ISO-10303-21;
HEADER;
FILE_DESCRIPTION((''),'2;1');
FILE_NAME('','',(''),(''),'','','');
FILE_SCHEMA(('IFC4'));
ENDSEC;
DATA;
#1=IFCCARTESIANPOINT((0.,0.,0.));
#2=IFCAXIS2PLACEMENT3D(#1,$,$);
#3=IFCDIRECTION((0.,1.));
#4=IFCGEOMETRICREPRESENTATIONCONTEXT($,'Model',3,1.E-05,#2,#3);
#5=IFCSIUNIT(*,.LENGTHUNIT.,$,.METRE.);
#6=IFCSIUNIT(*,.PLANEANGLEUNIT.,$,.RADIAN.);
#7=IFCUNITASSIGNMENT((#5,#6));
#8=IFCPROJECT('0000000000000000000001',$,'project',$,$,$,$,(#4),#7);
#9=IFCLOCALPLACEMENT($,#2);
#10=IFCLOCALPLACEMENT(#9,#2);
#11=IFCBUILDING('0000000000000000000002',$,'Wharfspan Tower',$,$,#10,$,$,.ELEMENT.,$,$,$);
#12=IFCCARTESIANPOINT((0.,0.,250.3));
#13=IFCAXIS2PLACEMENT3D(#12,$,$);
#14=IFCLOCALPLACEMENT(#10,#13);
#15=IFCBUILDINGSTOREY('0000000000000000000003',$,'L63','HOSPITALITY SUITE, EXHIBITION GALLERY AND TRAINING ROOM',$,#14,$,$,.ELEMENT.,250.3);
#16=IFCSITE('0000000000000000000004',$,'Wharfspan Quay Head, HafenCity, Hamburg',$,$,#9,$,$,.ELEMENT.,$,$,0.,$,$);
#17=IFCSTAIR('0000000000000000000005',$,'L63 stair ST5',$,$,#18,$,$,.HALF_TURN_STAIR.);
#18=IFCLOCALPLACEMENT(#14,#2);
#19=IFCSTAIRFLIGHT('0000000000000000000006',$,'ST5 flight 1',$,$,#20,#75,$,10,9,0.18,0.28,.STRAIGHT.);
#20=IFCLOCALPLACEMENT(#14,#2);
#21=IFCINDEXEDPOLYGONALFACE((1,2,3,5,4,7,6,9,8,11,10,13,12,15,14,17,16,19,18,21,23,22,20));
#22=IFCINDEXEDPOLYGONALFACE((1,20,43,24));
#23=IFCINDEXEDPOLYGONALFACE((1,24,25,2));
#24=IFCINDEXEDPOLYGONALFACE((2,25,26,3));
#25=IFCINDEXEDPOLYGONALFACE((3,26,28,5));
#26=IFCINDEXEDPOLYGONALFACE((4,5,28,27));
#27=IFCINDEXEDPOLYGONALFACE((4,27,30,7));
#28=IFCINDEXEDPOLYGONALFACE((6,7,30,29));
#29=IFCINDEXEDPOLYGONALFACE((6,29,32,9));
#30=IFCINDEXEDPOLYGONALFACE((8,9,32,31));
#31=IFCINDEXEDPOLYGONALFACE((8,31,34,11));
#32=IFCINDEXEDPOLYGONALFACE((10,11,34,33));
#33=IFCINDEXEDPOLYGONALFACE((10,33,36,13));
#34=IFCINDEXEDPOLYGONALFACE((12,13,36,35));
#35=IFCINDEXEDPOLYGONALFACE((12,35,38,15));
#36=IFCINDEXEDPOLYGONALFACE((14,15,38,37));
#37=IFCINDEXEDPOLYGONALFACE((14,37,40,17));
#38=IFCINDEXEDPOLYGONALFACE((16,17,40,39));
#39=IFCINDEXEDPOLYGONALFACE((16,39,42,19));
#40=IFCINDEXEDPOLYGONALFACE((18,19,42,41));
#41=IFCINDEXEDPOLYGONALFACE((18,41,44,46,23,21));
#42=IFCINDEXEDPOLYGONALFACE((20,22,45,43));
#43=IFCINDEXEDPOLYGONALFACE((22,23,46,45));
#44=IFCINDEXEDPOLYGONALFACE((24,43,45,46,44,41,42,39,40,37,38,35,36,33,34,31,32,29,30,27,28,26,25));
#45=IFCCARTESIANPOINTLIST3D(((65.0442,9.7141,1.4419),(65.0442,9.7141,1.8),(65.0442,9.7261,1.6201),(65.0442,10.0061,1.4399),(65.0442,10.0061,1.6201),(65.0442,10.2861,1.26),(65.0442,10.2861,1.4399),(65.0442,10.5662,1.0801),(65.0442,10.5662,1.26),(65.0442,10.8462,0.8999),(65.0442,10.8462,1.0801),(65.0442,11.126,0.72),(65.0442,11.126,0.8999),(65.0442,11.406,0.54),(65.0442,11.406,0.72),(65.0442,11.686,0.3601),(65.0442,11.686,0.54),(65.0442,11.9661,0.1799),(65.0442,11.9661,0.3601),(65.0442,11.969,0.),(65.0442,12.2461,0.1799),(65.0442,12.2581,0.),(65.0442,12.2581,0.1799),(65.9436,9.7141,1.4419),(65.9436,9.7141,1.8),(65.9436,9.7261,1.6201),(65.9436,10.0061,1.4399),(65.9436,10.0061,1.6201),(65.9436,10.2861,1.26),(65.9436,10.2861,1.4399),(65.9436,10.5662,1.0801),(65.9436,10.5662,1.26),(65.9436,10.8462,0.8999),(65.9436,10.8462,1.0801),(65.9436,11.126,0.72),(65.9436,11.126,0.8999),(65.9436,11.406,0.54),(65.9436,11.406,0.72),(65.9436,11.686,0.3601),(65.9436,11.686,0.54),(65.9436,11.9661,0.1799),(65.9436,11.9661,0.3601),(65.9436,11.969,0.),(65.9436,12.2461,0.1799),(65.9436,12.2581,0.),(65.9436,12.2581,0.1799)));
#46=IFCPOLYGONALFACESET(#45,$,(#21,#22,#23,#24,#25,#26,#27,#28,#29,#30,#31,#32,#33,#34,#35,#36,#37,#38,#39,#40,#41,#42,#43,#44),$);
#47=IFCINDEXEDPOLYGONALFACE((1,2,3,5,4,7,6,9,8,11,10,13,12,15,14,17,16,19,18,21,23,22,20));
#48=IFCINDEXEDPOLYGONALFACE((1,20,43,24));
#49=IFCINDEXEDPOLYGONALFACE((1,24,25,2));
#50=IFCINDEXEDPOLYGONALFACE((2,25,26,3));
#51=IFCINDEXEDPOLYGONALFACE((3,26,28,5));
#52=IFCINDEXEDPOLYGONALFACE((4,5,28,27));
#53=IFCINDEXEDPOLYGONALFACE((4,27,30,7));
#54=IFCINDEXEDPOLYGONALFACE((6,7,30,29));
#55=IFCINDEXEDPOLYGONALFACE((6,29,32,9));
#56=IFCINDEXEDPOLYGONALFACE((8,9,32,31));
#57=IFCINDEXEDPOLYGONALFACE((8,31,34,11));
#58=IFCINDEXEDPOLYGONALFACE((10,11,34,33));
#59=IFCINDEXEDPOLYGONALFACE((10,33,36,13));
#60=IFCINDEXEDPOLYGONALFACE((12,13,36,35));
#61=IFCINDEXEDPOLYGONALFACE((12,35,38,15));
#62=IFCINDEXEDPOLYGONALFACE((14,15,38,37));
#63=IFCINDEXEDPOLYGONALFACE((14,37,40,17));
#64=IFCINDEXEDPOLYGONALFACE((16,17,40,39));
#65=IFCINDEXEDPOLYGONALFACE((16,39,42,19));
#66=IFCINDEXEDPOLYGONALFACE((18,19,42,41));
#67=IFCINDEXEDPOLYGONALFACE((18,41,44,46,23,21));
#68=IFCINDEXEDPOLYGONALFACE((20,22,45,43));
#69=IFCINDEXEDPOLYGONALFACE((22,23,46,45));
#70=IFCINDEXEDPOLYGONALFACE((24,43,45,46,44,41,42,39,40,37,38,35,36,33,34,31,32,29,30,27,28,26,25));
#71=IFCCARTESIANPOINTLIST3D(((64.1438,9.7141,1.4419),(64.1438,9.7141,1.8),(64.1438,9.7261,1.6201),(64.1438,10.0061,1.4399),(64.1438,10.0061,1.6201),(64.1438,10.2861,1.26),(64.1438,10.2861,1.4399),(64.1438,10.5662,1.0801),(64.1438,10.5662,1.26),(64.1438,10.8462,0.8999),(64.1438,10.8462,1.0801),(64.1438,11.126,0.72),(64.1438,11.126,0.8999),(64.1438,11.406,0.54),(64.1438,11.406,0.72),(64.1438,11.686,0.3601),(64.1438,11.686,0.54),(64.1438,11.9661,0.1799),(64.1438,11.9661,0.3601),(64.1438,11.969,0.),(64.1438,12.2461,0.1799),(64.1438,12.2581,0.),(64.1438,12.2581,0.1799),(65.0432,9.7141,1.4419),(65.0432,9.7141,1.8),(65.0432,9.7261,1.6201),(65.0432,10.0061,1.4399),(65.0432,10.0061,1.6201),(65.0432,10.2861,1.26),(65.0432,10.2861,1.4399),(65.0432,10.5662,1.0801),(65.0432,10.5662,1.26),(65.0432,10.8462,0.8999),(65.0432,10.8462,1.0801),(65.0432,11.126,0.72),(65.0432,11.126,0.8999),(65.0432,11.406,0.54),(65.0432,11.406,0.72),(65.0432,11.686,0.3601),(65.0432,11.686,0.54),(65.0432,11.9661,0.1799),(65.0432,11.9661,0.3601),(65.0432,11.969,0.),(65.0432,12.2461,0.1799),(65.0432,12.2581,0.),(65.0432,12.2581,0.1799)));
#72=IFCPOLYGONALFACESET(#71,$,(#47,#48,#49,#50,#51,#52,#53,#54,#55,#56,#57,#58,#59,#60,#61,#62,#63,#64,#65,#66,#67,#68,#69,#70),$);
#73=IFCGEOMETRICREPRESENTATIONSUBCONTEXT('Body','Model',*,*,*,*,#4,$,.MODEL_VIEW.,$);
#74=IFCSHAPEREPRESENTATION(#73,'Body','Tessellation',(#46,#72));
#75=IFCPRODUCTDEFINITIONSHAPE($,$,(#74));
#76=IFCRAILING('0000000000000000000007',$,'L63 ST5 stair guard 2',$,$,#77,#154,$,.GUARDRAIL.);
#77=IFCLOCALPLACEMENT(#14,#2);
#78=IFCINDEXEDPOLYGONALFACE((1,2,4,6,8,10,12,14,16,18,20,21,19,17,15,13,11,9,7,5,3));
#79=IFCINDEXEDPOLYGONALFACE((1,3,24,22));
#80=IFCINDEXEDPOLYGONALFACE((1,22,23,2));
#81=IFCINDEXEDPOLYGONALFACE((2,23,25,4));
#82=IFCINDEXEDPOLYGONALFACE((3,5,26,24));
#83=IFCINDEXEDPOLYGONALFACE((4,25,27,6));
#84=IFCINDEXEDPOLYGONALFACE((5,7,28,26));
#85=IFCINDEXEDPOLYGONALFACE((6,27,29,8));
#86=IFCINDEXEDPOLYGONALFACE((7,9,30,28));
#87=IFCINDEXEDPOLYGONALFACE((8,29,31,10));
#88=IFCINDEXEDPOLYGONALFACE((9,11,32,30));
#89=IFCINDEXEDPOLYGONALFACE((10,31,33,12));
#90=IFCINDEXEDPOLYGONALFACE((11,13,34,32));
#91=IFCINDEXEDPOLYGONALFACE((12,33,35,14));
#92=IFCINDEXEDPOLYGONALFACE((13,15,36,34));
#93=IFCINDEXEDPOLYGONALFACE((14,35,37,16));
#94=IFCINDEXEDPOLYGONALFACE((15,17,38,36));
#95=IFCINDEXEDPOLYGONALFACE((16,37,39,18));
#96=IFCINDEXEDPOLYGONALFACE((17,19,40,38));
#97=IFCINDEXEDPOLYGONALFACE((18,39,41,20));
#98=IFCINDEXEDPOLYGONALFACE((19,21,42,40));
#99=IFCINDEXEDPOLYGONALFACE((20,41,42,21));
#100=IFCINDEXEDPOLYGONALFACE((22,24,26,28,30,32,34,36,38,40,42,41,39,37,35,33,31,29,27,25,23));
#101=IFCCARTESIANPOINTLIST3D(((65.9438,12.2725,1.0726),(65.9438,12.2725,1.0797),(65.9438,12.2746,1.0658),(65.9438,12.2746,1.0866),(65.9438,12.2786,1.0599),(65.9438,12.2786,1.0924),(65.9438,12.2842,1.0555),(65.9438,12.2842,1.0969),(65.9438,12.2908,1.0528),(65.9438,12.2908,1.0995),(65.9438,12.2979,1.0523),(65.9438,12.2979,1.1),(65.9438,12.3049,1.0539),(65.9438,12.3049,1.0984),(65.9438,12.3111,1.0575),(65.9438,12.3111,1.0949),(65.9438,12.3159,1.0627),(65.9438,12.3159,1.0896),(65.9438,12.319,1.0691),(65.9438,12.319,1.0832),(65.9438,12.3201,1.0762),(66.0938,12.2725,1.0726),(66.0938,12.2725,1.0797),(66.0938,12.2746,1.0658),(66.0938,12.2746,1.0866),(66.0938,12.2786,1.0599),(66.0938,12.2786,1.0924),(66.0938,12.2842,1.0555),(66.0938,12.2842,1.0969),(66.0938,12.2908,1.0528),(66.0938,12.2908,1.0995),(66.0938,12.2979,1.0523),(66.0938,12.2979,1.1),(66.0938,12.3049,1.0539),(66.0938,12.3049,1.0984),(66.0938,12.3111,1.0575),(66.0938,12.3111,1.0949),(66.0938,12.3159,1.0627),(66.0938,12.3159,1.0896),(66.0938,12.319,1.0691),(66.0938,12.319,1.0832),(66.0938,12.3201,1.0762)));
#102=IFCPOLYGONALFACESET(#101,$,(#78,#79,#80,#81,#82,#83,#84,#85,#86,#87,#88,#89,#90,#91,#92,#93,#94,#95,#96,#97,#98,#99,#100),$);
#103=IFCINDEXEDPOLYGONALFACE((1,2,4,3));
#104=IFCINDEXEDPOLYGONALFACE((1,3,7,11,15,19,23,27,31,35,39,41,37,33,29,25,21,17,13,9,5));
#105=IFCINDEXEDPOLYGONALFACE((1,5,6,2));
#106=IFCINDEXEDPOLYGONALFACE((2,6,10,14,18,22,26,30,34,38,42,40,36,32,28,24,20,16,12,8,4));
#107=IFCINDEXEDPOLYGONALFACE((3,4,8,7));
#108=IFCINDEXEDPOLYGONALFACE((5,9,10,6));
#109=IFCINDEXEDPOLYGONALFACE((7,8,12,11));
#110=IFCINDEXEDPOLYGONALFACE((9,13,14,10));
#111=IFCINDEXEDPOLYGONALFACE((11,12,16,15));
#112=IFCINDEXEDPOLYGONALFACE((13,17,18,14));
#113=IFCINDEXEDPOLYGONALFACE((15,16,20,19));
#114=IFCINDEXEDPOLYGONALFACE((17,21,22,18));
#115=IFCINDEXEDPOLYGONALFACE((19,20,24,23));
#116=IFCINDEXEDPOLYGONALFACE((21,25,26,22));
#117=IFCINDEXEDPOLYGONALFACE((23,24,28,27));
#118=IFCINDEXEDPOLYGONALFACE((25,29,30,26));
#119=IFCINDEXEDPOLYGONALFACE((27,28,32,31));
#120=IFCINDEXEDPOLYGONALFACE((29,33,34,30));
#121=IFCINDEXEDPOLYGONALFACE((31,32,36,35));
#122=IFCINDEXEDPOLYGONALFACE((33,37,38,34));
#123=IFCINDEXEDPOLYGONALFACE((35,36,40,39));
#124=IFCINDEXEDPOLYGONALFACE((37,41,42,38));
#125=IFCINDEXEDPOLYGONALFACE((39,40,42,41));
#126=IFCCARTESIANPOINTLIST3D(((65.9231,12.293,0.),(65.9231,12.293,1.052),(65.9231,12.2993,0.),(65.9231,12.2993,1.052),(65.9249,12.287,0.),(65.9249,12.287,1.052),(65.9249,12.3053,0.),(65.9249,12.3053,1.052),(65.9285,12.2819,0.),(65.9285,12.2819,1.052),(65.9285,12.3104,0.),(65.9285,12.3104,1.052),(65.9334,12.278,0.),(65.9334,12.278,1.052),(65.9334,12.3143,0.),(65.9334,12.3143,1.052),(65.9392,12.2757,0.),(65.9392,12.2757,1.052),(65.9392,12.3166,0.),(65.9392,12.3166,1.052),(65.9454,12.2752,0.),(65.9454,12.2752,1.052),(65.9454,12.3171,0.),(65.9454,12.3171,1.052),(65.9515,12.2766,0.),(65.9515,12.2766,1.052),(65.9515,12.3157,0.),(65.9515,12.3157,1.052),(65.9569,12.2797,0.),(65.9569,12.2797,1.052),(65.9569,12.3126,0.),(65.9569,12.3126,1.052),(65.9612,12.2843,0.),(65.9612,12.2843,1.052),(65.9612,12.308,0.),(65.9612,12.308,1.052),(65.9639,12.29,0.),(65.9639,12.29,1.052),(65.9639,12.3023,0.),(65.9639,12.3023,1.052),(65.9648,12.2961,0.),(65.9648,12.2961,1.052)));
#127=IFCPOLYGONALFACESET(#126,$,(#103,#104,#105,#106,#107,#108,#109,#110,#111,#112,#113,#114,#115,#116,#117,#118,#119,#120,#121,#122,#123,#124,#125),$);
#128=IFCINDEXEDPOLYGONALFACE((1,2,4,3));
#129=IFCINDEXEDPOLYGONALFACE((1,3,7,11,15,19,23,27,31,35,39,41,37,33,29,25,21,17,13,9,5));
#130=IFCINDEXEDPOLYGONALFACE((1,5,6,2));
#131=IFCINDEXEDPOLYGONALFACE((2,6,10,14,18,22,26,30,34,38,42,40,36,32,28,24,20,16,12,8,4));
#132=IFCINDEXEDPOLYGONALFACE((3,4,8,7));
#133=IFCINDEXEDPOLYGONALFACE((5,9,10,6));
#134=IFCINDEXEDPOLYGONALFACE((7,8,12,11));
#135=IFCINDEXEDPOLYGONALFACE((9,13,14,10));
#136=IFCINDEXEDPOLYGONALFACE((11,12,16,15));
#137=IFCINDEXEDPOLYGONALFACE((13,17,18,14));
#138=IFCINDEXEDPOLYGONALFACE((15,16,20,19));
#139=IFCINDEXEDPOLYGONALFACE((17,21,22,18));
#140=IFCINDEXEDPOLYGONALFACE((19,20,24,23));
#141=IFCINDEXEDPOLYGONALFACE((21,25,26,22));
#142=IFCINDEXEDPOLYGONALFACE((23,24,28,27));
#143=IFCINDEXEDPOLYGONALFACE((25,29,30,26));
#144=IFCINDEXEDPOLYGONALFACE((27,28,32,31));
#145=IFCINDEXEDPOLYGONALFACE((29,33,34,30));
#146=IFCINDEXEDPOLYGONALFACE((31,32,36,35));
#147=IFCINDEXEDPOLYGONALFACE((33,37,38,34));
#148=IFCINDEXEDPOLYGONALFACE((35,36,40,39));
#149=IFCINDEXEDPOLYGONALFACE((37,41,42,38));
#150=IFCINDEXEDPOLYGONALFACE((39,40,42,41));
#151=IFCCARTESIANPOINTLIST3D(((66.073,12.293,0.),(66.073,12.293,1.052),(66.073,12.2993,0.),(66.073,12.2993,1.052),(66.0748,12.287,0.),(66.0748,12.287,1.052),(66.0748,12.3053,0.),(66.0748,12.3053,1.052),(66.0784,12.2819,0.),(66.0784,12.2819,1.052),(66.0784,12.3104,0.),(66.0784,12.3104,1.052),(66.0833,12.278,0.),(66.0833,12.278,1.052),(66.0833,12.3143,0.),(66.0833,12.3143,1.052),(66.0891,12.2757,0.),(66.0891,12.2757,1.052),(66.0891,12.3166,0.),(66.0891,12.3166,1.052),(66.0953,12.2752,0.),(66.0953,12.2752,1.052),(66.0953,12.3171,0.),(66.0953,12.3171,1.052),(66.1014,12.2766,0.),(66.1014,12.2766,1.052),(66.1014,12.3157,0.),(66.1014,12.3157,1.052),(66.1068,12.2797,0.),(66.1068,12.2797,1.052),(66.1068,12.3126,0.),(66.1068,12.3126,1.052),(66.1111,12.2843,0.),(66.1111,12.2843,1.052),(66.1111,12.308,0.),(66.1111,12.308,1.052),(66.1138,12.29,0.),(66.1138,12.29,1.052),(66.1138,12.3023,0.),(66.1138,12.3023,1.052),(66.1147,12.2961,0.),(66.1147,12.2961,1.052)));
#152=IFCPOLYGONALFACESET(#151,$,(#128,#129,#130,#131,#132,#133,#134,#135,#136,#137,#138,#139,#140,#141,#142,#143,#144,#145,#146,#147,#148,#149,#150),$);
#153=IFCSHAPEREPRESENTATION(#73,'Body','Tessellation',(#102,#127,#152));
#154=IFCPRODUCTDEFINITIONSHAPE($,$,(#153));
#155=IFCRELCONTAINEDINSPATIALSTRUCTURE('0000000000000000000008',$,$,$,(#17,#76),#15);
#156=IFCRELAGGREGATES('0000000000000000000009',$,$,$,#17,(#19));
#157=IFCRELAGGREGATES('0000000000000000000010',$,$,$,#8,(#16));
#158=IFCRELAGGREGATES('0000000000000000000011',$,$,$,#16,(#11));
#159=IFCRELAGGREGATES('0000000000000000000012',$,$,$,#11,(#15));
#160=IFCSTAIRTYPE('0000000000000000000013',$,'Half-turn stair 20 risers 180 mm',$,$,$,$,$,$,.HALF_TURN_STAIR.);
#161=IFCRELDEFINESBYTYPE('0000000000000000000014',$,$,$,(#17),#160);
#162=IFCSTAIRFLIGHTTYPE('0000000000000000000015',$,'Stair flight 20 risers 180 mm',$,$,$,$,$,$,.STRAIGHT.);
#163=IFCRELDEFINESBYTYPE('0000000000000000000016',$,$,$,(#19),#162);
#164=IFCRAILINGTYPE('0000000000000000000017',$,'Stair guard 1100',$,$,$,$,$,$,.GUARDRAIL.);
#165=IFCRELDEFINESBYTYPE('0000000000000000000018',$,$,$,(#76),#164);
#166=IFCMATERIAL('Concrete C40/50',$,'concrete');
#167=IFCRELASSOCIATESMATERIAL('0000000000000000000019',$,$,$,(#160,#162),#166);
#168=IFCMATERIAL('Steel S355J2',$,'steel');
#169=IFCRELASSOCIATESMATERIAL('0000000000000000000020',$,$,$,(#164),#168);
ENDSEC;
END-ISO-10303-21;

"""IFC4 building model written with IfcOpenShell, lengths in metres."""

from ifc_helpers import new_model, si_unit, direction, frame, origin, origin_2d, place, context, subcontext, project, spatial, polyline, circle, outline, extrude, material, type_object, element, aggregate, save


model = new_model("IFC4")

# Units and contexts
model_context = context("Model", 3, precision=1e-05, world=origin(), true_north=direction((0.0, 1.0)))
body_context = subcontext(model_context, "Body", "Model", "MODEL_VIEW")
ifc_project = project(units=[si_unit("LENGTHUNIT", "METRE"), si_unit("PLANEANGLEUNIT", "RADIAN")], contexts=[model_context])

# Site, building, storey
site_placement = place(None, origin())
site = spatial("IfcSite", under=ifc_project, at=site_placement, Name="Wharfspan Quay Head, HafenCity, Hamburg", CompositionType="ELEMENT", RefElevation=0.0)
building_placement = place(site_placement, origin())
building = spatial("IfcBuilding", under=site, at=building_placement, Name="Wharfspan Tower", CompositionType="ELEMENT")
storey_placement = place(building_placement, frame((0.0, 0.0, 250.3)))
storey = spatial("IfcBuildingStorey", under=building, at=storey_placement, Name="L63", Description="HOSPITALITY SUITE, EXHIBITION GALLERY AND TRAINING ROOM", CompositionType="ELEMENT", Elevation=250.3)

# Shared definitions
ifc_material_1 = material(Name="Steel S355J2", Category="steel")

# Shared definitions
ifc_material_2 = material(Name="Concrete C40/50", Category="concrete")

# Stair, stair flight
stair_type = type_object("IfcStairType", Name="Half-turn stair 20 risers 180 mm", PredefinedType="HALF_TURN_STAIR", material=ifc_material_2)
stair_placement = place(storey_placement, origin())
stair = element("IfcStair", 1, at=stair_placement, inside=storey, type_object=stair_type, Name="L63 stair ST5", PredefinedType="HALF_TURN_STAIR")
stair_flight_type = type_object("IfcStairFlightType", Name="Stair flight 20 risers 180 mm", PredefinedType="STRAIGHT", material=ifc_material_2)
stair_flight_placement = place(storey_placement, frame((65.0437, 12.2461, 0.0), z_axis=(0.0, 0.0, 1.0), x_axis=(0.0, -1.0, 0.0)))
stair_flight = element("IfcStairFlight", 2, at=stair_flight_placement, type_object=stair_flight_type, Name="ST5 flight 1", NumberOfRisers=10, NumberOfTreads=9, PredefinedType="STRAIGHT", RiserHeight=0.18, TreadLength=0.28, context=body_context, shape_type="SweptSolid", body=[
    extrude(outline(polyline([(-0.012, 0.0), (-0.012, 0.1799), (0.0, 0.1799), (0.28, 0.1799), (0.28, 0.3601), (0.5601, 0.3601), (0.5601, 0.54), (0.8401, 0.54), (0.8401, 0.72), (1.1201, 0.72), (1.1201, 0.8999), (1.3999, 0.8999), (1.3999, 1.0801), (1.6799, 1.0801), (1.6799, 1.26), (1.96, 1.26), (1.96, 1.4399), (2.24, 1.4399), (2.24, 1.6201), (2.52, 1.6201), (2.532, 1.8), (2.532, 1.4419), (0.2771, 0.0), (-0.012, 0.0)])), frame((0.0, 0.8999, 0.0), z_axis=(0.0, -1.0, 0.0), x_axis=(1.0, 0.0, 0.0)), (0.0, 0.0, 1.0), 0.8994),
    extrude(outline(polyline([(-0.012, 0.0), (-0.012, 0.1799), (0.0, 0.1799), (0.28, 0.1799), (0.28, 0.3601), (0.5601, 0.3601), (0.5601, 0.54), (0.8401, 0.54), (0.8401, 0.72), (1.1201, 0.72), (1.1201, 0.8999), (1.3999, 0.8999), (1.3999, 1.0801), (1.6799, 1.0801), (1.6799, 1.26), (1.96, 1.26), (1.96, 1.4399), (2.24, 1.4399), (2.24, 1.6201), (2.52, 1.6201), (2.532, 1.8), (2.532, 1.4419), (0.2771, 0.0), (-0.012, 0.0)])), frame((0.0, -0.0005, 0.0), z_axis=(0.0, -1.0, 0.0), x_axis=(1.0, 0.0, 0.0)), (0.0, 0.0, 1.0), 0.8994),
])
aggregate(stair, [stair_flight])

# Railing
railing_type_1 = type_object("IfcRailingType", Name="Stair guard 1100", PredefinedType="GUARDRAIL", material=ifc_material_1)
railing_1_placement = place(storey_placement, frame((65.9438, 12.2961, 0.0)))
element("IfcRailing", 3, at=railing_1_placement, inside=storey, type_object=railing_type_1, Name="L63 ST5 stair guard 2", PredefinedType="GUARDRAIL", context=body_context, shape_type="SweptSolid", body=[
    extrude(circle(Radius=0.0239, at=origin_2d()), frame((0.0, 0.0, 1.0762), z_axis=(1.0, 0.0, 0.0), x_axis=(0.0, 1.0, 0.0)), (0.0, 0.0, 1.0), 0.1499),
    extrude(circle(Radius=0.021, at=origin_2d()), origin(), (0.0, 0.0, 1.0), 1.052),
    extrude(circle(Radius=0.021, at=origin_2d()), frame((0.1499, 0.0, 0.0)), (0.0, 0.0, 1.0), 1.052),
])

save(model, "model.ifc")
